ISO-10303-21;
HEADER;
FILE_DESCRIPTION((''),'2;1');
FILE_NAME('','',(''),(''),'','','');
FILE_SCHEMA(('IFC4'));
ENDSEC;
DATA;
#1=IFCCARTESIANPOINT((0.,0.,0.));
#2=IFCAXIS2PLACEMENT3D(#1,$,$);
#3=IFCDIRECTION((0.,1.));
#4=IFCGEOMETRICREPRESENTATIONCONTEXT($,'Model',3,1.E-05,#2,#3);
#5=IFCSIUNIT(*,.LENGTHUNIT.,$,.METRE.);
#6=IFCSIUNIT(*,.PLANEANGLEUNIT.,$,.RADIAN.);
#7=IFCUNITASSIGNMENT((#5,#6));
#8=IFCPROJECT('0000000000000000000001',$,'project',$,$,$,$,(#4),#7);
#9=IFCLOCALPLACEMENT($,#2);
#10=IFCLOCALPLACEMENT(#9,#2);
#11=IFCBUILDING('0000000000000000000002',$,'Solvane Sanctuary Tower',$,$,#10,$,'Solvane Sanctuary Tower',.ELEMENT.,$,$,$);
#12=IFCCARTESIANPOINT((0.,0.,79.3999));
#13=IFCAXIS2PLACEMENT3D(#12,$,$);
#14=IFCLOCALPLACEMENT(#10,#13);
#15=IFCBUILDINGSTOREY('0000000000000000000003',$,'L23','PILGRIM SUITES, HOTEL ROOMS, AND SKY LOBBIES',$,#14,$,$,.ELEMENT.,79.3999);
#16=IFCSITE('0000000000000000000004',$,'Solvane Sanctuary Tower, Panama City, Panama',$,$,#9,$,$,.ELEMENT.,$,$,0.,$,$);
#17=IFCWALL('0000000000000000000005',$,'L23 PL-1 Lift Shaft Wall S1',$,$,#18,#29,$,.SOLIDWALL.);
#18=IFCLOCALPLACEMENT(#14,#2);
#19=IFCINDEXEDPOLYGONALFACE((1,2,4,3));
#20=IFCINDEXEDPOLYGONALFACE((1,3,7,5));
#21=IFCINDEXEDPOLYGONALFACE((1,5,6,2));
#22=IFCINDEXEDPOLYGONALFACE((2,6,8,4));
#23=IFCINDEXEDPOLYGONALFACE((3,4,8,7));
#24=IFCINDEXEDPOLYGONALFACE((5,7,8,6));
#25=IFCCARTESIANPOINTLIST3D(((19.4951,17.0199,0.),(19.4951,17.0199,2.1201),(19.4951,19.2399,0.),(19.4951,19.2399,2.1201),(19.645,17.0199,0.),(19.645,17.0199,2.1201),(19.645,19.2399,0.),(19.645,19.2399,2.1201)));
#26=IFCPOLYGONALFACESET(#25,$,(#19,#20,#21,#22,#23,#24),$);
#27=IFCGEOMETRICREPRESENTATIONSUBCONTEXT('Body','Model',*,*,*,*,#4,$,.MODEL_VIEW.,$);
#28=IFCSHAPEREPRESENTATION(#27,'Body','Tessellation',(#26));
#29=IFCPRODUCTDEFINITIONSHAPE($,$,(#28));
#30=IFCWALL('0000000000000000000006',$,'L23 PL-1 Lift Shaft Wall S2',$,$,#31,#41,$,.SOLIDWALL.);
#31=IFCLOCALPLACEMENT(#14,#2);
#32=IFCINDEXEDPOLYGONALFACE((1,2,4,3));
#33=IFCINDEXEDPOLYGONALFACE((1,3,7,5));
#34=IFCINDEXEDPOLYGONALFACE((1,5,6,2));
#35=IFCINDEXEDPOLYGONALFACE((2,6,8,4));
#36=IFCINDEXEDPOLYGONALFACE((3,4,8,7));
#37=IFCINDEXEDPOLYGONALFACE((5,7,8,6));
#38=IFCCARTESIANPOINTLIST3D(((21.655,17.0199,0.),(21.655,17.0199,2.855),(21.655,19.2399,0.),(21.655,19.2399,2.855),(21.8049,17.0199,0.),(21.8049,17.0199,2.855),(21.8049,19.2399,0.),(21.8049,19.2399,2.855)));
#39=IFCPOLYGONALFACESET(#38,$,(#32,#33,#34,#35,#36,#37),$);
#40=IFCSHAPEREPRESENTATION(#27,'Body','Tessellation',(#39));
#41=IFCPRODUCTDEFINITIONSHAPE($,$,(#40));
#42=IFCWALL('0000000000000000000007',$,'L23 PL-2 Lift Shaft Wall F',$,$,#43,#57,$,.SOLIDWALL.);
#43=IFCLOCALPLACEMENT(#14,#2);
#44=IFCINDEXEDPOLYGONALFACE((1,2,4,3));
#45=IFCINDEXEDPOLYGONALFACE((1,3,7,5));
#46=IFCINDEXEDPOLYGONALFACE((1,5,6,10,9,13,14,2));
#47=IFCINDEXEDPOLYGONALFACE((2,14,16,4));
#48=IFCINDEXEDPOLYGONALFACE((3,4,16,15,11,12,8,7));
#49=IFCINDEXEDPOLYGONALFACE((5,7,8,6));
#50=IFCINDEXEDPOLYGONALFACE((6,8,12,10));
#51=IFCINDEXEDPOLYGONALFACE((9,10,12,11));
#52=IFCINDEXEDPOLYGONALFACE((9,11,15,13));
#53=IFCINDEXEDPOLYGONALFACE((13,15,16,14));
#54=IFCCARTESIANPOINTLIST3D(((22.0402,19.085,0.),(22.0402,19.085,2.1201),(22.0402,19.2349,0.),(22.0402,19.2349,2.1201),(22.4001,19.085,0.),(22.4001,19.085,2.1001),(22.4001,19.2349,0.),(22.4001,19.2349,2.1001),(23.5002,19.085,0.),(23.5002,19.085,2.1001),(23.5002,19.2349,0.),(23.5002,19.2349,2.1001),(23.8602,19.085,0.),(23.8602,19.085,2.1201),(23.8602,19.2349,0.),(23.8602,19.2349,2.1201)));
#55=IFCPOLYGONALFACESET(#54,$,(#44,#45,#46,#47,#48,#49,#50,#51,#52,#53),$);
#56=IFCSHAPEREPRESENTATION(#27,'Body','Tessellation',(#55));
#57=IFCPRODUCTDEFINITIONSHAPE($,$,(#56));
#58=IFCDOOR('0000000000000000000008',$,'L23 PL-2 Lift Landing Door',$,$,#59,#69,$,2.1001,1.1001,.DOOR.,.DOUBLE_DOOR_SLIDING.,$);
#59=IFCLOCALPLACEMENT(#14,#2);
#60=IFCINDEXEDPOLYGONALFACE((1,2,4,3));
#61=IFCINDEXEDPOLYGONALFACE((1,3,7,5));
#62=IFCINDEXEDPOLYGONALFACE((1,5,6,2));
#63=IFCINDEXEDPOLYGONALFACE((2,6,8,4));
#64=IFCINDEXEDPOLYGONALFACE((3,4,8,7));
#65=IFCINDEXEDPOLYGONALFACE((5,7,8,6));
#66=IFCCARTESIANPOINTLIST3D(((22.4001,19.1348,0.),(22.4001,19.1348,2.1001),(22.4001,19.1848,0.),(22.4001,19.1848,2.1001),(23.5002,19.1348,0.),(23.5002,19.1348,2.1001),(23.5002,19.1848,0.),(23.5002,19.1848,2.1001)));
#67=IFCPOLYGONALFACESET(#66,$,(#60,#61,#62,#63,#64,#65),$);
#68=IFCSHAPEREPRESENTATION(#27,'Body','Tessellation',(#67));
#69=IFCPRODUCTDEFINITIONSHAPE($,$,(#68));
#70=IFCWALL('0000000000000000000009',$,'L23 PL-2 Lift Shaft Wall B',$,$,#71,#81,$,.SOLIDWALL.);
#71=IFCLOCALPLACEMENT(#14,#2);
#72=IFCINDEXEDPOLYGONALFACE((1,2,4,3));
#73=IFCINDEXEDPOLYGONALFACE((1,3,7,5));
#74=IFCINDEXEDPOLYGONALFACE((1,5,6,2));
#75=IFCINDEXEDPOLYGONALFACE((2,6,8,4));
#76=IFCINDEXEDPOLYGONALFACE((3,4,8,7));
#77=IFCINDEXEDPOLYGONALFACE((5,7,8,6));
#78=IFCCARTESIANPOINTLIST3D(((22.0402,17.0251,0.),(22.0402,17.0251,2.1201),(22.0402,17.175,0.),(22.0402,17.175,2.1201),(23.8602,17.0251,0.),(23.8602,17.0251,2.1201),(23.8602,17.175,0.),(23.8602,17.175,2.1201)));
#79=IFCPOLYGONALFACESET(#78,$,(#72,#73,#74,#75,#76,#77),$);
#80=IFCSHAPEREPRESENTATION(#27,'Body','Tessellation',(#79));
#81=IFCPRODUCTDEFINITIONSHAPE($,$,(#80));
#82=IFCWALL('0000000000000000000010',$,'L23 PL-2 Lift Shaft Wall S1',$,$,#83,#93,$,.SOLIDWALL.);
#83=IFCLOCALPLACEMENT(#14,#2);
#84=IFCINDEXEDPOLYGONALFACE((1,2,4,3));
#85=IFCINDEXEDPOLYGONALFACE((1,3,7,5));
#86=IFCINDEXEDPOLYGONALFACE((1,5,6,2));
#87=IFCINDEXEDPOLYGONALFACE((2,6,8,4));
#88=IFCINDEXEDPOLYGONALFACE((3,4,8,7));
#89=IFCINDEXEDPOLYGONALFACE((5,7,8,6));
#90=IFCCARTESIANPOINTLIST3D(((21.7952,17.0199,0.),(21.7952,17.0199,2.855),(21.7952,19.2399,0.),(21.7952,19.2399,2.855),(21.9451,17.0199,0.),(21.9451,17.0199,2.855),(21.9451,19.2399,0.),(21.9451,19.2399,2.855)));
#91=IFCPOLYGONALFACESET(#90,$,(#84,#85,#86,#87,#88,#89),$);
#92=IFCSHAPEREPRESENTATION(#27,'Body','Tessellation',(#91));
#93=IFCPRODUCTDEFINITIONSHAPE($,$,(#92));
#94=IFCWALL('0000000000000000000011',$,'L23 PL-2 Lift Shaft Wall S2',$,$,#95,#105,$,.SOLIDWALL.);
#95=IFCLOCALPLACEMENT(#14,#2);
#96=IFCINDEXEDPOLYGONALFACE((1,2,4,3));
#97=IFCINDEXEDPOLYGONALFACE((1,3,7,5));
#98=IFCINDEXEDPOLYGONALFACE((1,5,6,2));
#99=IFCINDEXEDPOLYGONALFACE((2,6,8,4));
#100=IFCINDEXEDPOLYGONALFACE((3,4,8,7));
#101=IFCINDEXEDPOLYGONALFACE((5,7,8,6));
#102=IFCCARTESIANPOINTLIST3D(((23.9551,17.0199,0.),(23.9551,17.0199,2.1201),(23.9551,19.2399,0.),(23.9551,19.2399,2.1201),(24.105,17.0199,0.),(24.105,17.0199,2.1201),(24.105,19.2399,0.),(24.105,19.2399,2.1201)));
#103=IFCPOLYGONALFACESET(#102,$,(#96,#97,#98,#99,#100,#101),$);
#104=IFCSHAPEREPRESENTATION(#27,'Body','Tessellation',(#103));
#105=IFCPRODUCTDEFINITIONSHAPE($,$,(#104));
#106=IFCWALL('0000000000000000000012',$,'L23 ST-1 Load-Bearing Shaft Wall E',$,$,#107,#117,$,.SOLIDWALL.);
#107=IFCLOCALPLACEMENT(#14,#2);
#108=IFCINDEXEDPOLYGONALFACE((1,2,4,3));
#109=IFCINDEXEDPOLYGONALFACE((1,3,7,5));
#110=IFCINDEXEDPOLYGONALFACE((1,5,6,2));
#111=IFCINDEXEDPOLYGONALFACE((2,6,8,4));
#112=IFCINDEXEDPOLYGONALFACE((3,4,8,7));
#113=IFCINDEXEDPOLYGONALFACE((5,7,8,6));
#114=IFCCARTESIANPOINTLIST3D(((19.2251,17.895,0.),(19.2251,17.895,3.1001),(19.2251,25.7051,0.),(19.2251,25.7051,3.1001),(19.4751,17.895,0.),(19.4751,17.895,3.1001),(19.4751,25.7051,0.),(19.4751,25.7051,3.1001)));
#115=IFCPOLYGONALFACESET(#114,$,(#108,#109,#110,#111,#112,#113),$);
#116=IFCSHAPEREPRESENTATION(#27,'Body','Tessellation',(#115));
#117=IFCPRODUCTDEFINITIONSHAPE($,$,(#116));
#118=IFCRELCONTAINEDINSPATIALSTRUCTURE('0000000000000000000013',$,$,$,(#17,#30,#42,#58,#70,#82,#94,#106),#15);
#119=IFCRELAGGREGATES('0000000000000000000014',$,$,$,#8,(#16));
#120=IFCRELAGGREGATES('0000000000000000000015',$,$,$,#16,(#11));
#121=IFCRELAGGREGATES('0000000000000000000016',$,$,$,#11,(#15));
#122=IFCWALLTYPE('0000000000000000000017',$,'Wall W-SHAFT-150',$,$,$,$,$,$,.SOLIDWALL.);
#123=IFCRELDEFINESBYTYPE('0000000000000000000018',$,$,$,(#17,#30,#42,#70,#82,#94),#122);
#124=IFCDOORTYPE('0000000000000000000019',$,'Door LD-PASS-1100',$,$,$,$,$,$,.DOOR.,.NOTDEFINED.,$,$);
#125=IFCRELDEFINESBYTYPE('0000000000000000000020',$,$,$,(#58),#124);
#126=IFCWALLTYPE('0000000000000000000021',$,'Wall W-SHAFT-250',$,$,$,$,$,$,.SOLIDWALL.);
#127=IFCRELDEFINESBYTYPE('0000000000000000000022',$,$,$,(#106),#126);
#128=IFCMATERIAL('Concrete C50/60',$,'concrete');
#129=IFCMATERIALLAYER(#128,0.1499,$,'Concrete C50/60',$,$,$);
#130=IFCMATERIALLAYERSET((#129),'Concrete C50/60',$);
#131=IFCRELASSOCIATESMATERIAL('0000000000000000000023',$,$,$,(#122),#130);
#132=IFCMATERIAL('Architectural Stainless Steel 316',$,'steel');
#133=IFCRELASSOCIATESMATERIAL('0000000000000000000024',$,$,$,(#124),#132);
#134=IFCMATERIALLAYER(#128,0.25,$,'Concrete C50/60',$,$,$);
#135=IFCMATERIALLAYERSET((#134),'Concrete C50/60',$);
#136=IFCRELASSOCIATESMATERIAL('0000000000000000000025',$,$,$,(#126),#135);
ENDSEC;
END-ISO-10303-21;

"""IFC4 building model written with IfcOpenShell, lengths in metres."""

from ifc_helpers import new_model, si_unit, direction, frame, frame_2d, origin, place, context, subcontext, project, spatial, rectangle, extrude, material, layer, layer_set, type_object, element, fill, save


model = new_model("IFC4")

# Units and contexts
model_context = context("Model", 3, precision=1e-05, world=origin(), true_north=direction((0.0, 1.0)))
body_context = subcontext(model_context, "Body", "Model", "MODEL_VIEW")
ifc_project = project(units=[si_unit("LENGTHUNIT", "METRE"), si_unit("PLANEANGLEUNIT", "RADIAN")], contexts=[model_context])

# Site, building, storey
site_placement = place(None, origin())
site = spatial("IfcSite", under=ifc_project, at=site_placement, Name="Solvane Sanctuary Tower, Panama City, Panama", CompositionType="ELEMENT", RefElevation=0.0)
building_placement = place(site_placement, origin())
building = spatial("IfcBuilding", under=site, at=building_placement, Name="Solvane Sanctuary Tower", LongName="Solvane Sanctuary Tower", CompositionType="ELEMENT")
storey_placement = place(building_placement, frame((0.0, 0.0, 79.3999)))
storey = spatial("IfcBuildingStorey", under=building, at=storey_placement, Name="L23", Description="PILGRIM SUITES, HOTEL ROOMS, AND SKY LOBBIES", CompositionType="ELEMENT", Elevation=79.3999)

# Shared definitions
ifc_material_1 = material(Name="Concrete C50/60", Category="concrete")
ifc_layer_1 = layer(ifc_material_1, 0.1499, Name="Concrete C50/60")
ifc_layer_set_1 = layer_set([ifc_layer_1], Name="Concrete C50/60")
wall_type_1 = type_object("IfcWallType", Name="Wall W-SHAFT-150", PredefinedType="SOLIDWALL", material=ifc_layer_set_1)
ifc_material_2 = material(Name="Architectural Stainless Steel 316", Category="steel")
door_type = type_object("IfcDoorType", Name="Door LD-PASS-1100", OperationType="NOTDEFINED", PredefinedType="DOOR", material=ifc_material_2)

# Walls
wall_1_placement = place(storey_placement, frame((19.5701, 17.02, 0.0), z_axis=(0.0, 0.0, 1.0), x_axis=(0.0, 1.0, 0.0)))
element("IfcWall", 1, at=wall_1_placement, inside=storey, type_object=wall_type_1, Name="L23 PL-1 Lift Shaft Wall S1", PredefinedType="SOLIDWALL", context=body_context, shape_type="SweptSolid", body=[
    extrude(rectangle(XDim=2.22, YDim=0.1499, at=frame_2d((1.1099, 0.0))), origin(), (0.0, 0.0, 1.0), 2.1201),
])
wall_2_placement = place(storey_placement, frame((21.73, 17.02, 0.0), z_axis=(0.0, 0.0, 1.0), x_axis=(0.0, 1.0, 0.0)))
element("IfcWall", 2, at=wall_2_placement, inside=storey, type_object=wall_type_1, Name="L23 PL-1 Lift Shaft Wall S2", PredefinedType="SOLIDWALL", context=body_context, shape_type="SweptSolid", body=[
    extrude(rectangle(XDim=2.22, YDim=0.1499, at=frame_2d((1.1099, 0.0))), origin(), (0.0, 0.0, 1.0), 2.855),
])

# Wall, opening, door
wall_3_placement = place(storey_placement, frame((22.04, 19.1599, 0.0), z_axis=(0.0, 0.0, 1.0), x_axis=(1.0, 0.0, 0.0)))
wall_3 = element("IfcWall", 3, at=wall_3_placement, inside=storey, type_object=wall_type_1, Name="L23 PL-2 Lift Shaft Wall F", PredefinedType="SOLIDWALL", context=body_context, shape_type="SweptSolid", body=[
    extrude(rectangle(XDim=1.8201, YDim=0.1499, at=frame_2d((0.9102, 0.0))), origin(), (0.0, 0.0, 1.0), 2.1201),
])
opening_1_placement = place(wall_3_placement, frame((0.3601, 0.0, 0.0)))
opening_1 = element("IfcOpeningElement", 4, at=opening_1_placement, cuts=wall_3, PredefinedType="OPENING", context=body_context, shape_type="SweptSolid", body=[
    extrude(rectangle(XDim=1.1001, YDim=2.1001, at=frame_2d((0.55, 1.05))), frame((0.0, 0.085, 0.0), z_axis=(0.0, -1.0, 0.0), x_axis=(1.0, 0.0, 0.0)), (0.0, 0.0, 1.0), 0.1699),
])
door_1_placement = place(opening_1_placement, origin())
door_1 = element("IfcDoor", 5, at=door_1_placement, inside=storey, type_object=door_type, Name="L23 PL-2 Lift Landing Door", OperationType="DOUBLE_DOOR_SLIDING", OverallHeight=2.1001, OverallWidth=1.1001, PredefinedType="DOOR", context=body_context, shape_type="SweptSolid", body=[
    extrude(rectangle(XDim=1.1001, YDim=2.1001, at=frame_2d((0.55, 1.05))), frame((0.0, 0.0249, 0.0), z_axis=(0.0, -1.0, 0.0), x_axis=(1.0, 0.0, 0.0)), (0.0, 0.0, 1.0), 0.05),
])
fill(opening_1, door_1)

# Walls
wall_4_placement = place(storey_placement, frame((22.04, 17.1001, 0.0), z_axis=(0.0, 0.0, 1.0), x_axis=(1.0, 0.0, 0.0)))
element("IfcWall", 6, at=wall_4_placement, inside=storey, type_object=wall_type_1, Name="L23 PL-2 Lift Shaft Wall B", PredefinedType="SOLIDWALL", context=body_context, shape_type="SweptSolid", body=[
    extrude(rectangle(XDim=1.8201, YDim=0.1499, at=frame_2d((0.9102, 0.0))), origin(), (0.0, 0.0, 1.0), 2.1201),
])
wall_5_placement = place(storey_placement, frame((21.8701, 17.02, 0.0), z_axis=(0.0, 0.0, 1.0), x_axis=(0.0, 1.0, 0.0)))
element("IfcWall", 7, at=wall_5_placement, inside=storey, type_object=wall_type_1, Name="L23 PL-2 Lift Shaft Wall S1", PredefinedType="SOLIDWALL", context=body_context, shape_type="SweptSolid", body=[
    extrude(rectangle(XDim=2.22, YDim=0.1499, at=frame_2d((1.1099, 0.0))), origin(), (0.0, 0.0, 1.0), 2.855),
])
wall_6_placement = place(storey_placement, frame((24.03, 17.02, 0.0), z_axis=(0.0, 0.0, 1.0), x_axis=(0.0, 1.0, 0.0)))
element("IfcWall", 8, at=wall_6_placement, inside=storey, type_object=wall_type_1, Name="L23 PL-2 Lift Shaft Wall S2", PredefinedType="SOLIDWALL", context=body_context, shape_type="SweptSolid", body=[
    extrude(rectangle(XDim=2.22, YDim=0.1499, at=frame_2d((1.1099, 0.0))), origin(), (0.0, 0.0, 1.0), 2.1201),
])
ifc_layer_2 = layer(ifc_material_1, 0.25, Name="Concrete C50/60")
ifc_layer_set_2 = layer_set([ifc_layer_2], Name="Concrete C50/60")
wall_type_2 = type_object("IfcWallType", Name="Wall W-SHAFT-250", PredefinedType="SOLIDWALL", material=ifc_layer_set_2)
wall_7_placement = place(storey_placement, frame((19.3501, 17.895, 0.0), z_axis=(0.0, 0.0, 1.0), x_axis=(0.0, 1.0, 0.0)))
element("IfcWall", 9, at=wall_7_placement, inside=storey, type_object=wall_type_2, Name="L23 ST-1 Load-Bearing Shaft Wall E", PredefinedType="SOLIDWALL", context=body_context, shape_type="SweptSolid", body=[
    extrude(rectangle(XDim=7.8101, YDim=0.25, at=frame_2d((3.905, 0.0))), origin(), (0.0, 0.0, 1.0), 3.1001),
])

save(model, "model.ifc")
